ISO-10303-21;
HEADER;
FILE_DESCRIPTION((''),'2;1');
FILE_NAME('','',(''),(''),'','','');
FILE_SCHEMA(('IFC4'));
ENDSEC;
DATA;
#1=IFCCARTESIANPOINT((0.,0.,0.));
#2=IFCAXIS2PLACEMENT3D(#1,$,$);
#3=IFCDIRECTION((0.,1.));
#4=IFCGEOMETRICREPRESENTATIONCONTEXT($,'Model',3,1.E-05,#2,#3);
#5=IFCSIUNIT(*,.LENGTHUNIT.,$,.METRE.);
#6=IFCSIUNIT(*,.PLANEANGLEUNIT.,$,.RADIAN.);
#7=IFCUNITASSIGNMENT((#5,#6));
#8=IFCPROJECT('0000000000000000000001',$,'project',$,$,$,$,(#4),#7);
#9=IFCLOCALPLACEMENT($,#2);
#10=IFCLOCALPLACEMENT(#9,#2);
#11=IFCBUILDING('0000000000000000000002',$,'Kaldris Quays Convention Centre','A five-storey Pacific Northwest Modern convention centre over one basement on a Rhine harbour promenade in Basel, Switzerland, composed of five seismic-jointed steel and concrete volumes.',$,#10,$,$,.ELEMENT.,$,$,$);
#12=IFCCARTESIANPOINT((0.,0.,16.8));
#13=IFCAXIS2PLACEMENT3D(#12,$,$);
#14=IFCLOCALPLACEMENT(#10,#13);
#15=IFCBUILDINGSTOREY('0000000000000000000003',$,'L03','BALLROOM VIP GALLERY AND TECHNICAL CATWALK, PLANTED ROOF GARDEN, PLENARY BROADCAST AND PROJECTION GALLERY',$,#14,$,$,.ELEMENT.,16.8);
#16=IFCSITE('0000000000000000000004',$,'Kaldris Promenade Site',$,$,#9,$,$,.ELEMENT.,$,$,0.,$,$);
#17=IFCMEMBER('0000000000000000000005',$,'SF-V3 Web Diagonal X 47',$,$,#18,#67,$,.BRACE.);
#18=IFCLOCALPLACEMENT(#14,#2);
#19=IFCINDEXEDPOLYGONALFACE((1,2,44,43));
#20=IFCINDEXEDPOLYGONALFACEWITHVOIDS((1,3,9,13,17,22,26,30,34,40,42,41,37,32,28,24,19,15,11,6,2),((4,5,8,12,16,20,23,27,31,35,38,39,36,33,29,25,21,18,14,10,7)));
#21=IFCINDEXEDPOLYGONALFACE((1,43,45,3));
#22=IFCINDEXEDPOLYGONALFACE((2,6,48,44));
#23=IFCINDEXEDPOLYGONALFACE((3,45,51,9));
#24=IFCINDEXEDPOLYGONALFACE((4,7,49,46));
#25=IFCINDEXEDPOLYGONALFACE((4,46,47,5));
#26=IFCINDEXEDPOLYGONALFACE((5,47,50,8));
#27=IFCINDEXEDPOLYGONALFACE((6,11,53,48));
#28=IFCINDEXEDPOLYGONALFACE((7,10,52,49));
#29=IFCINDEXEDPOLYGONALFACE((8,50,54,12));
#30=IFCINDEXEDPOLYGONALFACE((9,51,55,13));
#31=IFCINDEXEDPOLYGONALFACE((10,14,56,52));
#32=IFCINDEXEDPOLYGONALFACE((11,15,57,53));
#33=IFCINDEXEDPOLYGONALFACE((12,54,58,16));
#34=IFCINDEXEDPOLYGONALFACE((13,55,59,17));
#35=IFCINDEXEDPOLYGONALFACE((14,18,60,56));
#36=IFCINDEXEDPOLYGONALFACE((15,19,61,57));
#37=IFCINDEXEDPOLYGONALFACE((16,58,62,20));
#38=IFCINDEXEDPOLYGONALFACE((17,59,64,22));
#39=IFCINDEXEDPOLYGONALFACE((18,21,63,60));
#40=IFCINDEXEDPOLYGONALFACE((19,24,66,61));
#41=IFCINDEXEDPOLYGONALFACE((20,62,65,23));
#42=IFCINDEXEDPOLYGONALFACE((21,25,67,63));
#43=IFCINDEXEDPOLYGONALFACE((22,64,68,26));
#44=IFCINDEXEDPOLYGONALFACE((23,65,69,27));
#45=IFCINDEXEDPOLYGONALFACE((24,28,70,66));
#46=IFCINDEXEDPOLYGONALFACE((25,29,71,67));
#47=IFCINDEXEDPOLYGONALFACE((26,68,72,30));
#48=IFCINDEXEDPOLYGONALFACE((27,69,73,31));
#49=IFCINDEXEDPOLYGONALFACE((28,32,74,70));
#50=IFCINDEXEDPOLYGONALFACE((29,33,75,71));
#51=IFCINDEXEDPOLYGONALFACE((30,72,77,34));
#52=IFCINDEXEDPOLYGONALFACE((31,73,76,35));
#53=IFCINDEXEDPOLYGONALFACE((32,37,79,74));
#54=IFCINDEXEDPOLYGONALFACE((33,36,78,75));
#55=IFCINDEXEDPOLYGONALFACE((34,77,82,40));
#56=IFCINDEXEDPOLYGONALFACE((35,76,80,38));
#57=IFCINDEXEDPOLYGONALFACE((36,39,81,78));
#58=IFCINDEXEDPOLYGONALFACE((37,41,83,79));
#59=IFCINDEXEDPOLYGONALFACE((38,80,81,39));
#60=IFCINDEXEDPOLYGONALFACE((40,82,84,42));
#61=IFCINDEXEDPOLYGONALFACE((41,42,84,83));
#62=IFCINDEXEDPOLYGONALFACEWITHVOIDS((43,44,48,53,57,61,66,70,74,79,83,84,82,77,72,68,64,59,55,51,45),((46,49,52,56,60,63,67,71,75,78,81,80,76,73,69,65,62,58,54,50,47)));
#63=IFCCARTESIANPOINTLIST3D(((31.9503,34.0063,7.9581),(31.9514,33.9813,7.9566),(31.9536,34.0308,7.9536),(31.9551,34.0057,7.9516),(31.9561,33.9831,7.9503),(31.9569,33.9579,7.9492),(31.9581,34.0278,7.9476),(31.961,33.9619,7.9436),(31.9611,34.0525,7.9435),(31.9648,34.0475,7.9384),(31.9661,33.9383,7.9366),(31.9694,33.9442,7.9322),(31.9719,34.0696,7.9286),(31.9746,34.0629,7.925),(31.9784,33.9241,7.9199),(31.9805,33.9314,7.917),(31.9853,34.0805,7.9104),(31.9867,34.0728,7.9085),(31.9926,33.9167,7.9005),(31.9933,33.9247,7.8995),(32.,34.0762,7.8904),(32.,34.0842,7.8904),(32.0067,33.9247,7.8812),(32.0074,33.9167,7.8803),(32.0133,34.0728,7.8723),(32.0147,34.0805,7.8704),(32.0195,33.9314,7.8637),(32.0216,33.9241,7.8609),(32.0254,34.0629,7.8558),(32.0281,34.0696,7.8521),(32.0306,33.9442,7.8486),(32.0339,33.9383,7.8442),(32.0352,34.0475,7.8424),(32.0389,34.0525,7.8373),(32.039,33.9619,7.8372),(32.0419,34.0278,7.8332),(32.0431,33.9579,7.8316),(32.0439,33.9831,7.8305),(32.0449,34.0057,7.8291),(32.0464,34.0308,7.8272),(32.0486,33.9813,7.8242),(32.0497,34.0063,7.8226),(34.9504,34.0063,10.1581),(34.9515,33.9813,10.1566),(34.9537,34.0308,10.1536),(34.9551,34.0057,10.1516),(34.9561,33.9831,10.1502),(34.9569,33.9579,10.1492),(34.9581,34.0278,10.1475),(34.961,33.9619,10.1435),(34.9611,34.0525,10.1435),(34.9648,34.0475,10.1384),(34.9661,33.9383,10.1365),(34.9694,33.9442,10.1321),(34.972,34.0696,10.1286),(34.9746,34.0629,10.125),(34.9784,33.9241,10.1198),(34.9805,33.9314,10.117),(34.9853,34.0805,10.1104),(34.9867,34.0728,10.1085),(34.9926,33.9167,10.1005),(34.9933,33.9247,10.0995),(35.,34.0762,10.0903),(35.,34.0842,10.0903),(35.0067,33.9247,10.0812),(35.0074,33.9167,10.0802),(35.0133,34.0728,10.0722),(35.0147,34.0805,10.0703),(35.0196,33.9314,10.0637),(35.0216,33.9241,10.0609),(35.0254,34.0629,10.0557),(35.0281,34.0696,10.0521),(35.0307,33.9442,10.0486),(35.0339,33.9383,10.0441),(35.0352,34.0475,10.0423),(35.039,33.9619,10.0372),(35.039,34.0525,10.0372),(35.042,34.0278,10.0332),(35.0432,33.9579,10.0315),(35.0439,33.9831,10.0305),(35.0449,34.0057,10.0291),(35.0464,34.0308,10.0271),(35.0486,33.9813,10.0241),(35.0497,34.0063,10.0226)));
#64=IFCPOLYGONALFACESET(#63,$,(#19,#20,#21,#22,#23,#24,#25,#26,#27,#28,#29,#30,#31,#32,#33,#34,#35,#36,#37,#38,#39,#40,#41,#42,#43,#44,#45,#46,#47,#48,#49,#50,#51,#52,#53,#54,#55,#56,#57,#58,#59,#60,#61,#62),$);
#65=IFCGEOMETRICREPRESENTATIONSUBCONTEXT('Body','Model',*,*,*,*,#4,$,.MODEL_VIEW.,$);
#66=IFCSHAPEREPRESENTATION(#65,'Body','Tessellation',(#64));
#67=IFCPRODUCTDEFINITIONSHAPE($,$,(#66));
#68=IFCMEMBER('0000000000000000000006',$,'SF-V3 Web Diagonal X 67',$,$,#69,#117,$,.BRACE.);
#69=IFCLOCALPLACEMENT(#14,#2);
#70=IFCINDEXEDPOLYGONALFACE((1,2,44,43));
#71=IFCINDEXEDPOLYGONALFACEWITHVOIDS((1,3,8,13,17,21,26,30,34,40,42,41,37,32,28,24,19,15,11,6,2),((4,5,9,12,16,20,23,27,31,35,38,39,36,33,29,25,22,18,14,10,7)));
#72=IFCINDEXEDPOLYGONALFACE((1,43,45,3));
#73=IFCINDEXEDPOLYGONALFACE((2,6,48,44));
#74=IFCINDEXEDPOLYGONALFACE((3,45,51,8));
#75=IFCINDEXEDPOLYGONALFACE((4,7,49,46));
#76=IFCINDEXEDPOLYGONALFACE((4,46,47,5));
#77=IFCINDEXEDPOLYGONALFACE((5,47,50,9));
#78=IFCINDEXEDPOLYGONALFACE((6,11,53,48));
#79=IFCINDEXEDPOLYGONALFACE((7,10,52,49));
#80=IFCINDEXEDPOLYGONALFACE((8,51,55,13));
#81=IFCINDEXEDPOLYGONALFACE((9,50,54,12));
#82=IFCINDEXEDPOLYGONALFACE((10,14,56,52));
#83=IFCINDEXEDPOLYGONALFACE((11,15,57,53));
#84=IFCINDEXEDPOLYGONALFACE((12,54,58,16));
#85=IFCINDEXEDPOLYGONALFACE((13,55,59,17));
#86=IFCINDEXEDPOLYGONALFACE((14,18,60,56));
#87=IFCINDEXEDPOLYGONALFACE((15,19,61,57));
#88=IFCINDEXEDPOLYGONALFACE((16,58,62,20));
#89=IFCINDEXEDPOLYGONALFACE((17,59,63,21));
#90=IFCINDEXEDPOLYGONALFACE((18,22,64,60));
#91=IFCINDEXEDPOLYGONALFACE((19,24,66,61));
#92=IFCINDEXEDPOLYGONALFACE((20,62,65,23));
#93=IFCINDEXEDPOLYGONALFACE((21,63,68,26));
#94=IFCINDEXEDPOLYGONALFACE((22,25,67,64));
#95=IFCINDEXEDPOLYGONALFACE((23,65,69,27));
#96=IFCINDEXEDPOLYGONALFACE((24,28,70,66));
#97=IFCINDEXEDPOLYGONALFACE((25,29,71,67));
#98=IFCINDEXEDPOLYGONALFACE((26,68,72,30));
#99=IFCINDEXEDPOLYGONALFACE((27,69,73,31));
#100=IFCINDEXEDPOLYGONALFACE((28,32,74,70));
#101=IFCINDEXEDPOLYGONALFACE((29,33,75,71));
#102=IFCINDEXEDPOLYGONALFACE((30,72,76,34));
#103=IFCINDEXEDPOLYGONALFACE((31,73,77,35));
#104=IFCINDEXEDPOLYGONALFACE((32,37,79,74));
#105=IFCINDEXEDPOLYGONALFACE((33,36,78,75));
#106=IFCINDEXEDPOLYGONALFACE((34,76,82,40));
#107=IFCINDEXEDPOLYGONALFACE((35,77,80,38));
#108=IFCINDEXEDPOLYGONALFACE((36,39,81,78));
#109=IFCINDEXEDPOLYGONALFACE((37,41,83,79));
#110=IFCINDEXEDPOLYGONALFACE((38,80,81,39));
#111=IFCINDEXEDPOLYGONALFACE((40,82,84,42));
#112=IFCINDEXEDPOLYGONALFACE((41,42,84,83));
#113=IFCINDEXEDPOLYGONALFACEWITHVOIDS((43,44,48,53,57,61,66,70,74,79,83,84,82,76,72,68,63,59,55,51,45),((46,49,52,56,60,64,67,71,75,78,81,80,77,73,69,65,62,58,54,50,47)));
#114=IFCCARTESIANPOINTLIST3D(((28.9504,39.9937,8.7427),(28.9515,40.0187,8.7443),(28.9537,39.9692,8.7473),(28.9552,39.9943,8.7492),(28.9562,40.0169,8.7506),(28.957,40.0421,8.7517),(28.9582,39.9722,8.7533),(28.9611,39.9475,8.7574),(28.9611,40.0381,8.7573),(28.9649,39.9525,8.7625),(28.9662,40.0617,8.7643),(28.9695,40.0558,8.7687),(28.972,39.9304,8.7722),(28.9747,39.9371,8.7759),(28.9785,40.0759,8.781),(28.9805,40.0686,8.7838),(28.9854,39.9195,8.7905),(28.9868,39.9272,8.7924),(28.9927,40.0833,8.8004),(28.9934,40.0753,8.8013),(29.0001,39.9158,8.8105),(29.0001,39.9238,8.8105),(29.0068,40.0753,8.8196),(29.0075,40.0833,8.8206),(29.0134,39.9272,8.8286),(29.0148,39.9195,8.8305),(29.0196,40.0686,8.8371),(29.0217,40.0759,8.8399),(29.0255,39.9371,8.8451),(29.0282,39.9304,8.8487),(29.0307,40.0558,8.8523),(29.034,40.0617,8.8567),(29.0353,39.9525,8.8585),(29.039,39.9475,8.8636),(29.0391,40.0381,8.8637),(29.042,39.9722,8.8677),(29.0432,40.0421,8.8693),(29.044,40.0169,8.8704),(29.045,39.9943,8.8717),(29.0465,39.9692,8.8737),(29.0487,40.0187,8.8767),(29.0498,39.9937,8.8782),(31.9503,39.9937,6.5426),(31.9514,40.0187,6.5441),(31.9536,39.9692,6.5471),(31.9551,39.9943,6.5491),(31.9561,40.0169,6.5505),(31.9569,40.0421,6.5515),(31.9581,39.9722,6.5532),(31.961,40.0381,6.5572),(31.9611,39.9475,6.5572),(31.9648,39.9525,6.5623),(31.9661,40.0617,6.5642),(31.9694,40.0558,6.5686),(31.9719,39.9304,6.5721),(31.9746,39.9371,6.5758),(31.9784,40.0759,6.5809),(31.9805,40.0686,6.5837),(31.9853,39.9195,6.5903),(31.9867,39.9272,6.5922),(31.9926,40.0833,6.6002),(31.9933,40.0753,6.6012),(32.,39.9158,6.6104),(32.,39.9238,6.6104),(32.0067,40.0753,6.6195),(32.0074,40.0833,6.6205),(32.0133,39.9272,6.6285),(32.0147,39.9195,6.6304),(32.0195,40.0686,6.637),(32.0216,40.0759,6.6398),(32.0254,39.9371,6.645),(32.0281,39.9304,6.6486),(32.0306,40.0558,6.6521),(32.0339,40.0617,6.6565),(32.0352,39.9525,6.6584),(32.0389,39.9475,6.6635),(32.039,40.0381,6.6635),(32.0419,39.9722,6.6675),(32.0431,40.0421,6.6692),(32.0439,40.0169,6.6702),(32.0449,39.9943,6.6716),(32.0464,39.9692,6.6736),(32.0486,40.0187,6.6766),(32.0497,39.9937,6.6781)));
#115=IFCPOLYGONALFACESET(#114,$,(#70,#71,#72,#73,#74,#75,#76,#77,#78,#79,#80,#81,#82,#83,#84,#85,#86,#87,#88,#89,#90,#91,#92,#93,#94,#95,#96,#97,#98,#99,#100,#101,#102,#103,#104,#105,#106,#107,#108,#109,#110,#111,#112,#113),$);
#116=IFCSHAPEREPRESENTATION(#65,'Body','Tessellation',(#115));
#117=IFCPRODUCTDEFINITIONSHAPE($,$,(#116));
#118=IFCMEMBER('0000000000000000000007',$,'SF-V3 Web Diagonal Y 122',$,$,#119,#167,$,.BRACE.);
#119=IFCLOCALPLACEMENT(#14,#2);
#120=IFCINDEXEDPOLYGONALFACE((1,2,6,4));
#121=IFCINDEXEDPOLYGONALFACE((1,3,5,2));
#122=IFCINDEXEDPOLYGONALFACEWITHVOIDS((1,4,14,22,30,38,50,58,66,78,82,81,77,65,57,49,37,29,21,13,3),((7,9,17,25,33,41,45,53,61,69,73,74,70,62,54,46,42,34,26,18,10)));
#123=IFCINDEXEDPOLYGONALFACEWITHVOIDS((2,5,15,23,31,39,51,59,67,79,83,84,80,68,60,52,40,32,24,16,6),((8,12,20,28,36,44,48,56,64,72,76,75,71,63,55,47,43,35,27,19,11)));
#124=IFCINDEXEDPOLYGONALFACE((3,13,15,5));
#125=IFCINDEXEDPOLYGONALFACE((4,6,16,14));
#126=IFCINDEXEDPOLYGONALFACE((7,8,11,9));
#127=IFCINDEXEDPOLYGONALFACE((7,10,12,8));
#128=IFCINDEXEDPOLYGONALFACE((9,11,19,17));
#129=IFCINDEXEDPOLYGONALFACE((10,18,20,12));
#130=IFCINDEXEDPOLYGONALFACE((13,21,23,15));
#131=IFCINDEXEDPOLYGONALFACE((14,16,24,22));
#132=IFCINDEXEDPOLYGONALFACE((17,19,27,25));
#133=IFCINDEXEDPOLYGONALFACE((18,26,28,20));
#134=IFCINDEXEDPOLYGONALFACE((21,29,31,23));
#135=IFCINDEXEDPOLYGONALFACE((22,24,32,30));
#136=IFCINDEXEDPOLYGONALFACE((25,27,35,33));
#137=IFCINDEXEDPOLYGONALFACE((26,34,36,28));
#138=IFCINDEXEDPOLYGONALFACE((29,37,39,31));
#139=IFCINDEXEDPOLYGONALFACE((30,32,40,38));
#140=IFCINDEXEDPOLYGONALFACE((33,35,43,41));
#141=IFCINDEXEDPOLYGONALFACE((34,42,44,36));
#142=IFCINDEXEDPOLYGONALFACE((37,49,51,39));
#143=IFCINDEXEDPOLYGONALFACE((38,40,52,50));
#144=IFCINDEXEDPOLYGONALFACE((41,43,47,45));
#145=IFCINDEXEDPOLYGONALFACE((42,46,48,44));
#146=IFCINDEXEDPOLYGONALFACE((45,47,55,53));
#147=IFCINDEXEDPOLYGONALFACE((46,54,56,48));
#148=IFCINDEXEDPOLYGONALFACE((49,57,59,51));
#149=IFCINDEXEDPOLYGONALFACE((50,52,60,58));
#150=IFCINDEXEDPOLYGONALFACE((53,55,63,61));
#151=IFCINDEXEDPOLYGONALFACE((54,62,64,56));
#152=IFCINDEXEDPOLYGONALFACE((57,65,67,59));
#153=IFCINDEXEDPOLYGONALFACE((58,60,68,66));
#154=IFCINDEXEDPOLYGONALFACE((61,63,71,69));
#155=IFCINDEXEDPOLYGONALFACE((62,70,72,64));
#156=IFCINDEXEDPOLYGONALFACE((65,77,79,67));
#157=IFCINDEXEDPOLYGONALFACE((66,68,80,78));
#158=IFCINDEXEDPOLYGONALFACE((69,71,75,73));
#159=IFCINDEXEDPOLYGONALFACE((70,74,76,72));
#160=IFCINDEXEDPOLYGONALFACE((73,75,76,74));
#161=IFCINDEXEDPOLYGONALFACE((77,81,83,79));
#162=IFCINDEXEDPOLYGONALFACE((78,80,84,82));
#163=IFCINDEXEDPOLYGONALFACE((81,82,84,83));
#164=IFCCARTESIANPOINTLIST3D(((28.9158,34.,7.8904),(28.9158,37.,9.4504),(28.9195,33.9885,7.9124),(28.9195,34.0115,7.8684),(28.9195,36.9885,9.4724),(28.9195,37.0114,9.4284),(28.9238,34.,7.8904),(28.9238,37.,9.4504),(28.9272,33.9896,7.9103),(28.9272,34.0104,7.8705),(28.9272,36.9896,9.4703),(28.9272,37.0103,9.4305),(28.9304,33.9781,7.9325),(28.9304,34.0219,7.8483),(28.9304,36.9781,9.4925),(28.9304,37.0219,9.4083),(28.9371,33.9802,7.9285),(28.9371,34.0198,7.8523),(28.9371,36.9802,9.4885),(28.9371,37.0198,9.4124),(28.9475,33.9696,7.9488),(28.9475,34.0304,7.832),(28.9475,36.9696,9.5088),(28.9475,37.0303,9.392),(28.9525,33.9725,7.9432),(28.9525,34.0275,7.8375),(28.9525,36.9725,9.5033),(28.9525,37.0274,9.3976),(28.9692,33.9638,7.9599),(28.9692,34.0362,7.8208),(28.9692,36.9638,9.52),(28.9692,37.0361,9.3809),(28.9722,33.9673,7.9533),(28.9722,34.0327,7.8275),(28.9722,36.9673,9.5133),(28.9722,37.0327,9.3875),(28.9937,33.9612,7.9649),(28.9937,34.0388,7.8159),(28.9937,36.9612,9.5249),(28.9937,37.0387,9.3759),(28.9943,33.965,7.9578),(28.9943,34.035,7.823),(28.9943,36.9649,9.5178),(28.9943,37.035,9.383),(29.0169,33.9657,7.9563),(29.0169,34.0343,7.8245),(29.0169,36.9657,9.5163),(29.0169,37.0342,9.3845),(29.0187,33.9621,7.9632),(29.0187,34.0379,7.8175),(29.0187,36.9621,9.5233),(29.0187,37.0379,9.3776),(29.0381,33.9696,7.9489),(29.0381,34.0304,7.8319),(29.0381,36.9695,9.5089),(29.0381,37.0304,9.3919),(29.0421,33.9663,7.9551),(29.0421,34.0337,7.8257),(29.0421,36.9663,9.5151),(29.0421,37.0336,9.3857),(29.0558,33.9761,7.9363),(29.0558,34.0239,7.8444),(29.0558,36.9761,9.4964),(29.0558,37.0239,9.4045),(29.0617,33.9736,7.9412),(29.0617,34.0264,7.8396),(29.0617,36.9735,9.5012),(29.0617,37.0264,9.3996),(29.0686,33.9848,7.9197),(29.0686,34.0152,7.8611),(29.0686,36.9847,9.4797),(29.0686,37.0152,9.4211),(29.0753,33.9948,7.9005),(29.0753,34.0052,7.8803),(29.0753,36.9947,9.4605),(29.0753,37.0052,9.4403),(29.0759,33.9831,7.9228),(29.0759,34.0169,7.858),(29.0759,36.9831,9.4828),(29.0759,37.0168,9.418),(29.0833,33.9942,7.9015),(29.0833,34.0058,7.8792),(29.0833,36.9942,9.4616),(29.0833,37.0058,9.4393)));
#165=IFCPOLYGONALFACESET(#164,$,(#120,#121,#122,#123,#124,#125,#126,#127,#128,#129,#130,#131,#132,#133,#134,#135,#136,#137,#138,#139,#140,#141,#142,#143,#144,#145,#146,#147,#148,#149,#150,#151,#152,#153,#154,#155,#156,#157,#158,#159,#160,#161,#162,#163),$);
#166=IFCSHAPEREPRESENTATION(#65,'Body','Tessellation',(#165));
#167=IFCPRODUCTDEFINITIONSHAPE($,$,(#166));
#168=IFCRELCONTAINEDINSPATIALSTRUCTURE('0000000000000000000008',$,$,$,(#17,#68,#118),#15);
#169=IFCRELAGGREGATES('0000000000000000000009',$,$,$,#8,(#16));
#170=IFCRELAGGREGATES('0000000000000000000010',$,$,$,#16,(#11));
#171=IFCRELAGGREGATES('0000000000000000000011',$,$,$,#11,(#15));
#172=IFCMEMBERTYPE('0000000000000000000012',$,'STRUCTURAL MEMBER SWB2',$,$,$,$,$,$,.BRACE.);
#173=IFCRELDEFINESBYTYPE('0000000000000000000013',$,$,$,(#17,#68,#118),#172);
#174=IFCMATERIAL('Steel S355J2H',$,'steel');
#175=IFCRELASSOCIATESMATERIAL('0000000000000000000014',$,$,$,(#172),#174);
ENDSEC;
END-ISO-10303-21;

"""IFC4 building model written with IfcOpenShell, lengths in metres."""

from ifc_helpers import new_model, si_unit, direction, frame, origin, origin_2d, place, context, subcontext, project, spatial, hollow_circle, extrude, material, material_profile, profile_set, type_object, element, save


model = new_model("IFC4")

# Units and contexts
model_context = context("Model", 3, precision=1e-05, world=origin(), true_north=direction((0.0, 1.0)))
body_context = subcontext(model_context, "Body", "Model", "MODEL_VIEW")
ifc_project = project(units=[si_unit("LENGTHUNIT", "METRE"), si_unit("PLANEANGLEUNIT", "RADIAN")], contexts=[model_context])

# Site, building, storey
site_placement = place(None, origin())
site = spatial("IfcSite", under=ifc_project, at=site_placement, Name="Kaldris Promenade Site", CompositionType="ELEMENT", RefElevation=0.0)
building_placement = place(site_placement, origin())
building = spatial("IfcBuilding", under=site, at=building_placement, Name="Kaldris Quays Convention Centre", Description="A five-storey Pacific Northwest Modern convention centre over one basement on a Rhine harbour promenade in Basel, Switzerland, composed of five seismic-jointed steel and concrete volumes.", CompositionType="ELEMENT")
storey_placement = place(building_placement, frame((0.0, 0.0, 16.8)))
storey = spatial("IfcBuildingStorey", under=building, at=storey_placement, Name="L03", Description="BALLROOM VIP GALLERY AND TECHNICAL CATWALK, PLANTED ROOF GARDEN, PLENARY BROADCAST AND PROJECTION GALLERY", CompositionType="ELEMENT", Elevation=16.8)

# Members
ifc_material_1 = material(Name="Steel S355J2H", Category="steel")
ifc_material_profile_1 = material_profile(ifc_material_1, hollow_circle(Radius=0.0842, WallThickness=0.0081, at=origin_2d()), Name="CHS 168.3x8")
ifc_profile_set_1 = profile_set([ifc_material_profile_1], Name="Steel S355J2H")
member_type_1 = type_object("IfcMemberType", Name="STRUCTURAL MEMBER SWB2", PredefinedType="BRACE", material=ifc_profile_set_1)
for number, where, z_axis, x_axis, name in (
    (1, (32.0, 34.0, 7.8904), (0.806411, 0.0, 0.591355), (0.0, 1.0, 0.0), "SF-V3 Web Diagonal X 47"),
    (2, (32.0, 40.0, 6.6104), (-0.80638, 0.0, 0.591398), (0.0, -1.0, 0.0), "SF-V3 Web Diagonal X 67"),
):
    element("IfcMember", number, at=place(storey_placement, frame(where, z_axis=z_axis, x_axis=x_axis)), inside=storey, type_object=member_type_1, Name=name, PredefinedType="BRACE", context=body_context, shape_type="SweptSolid", body=[
        extrude(hollow_circle(Radius=0.0842, WallThickness=0.0081, at=origin_2d()), origin(), (0.0, 0.0, 1.0), 3.7202),
    ])
member_1_placement = place(storey_placement, frame((29.0, 34.0, 7.8904), z_axis=(0.0, 0.88721, 0.461366), x_axis=(-1.0, 0.0, 0.0)))
element("IfcMember", 3, at=member_1_placement, inside=storey, type_object=member_type_1, Name="SF-V3 Web Diagonal Y 122", PredefinedType="BRACE", context=body_context, shape_type="SweptSolid", body=[
    extrude(hollow_circle(Radius=0.0842, WallThickness=0.0081, at=origin_2d()), origin(), (0.0, 0.0, 1.0), 3.3813),
])

save(model, "model.ifc")
